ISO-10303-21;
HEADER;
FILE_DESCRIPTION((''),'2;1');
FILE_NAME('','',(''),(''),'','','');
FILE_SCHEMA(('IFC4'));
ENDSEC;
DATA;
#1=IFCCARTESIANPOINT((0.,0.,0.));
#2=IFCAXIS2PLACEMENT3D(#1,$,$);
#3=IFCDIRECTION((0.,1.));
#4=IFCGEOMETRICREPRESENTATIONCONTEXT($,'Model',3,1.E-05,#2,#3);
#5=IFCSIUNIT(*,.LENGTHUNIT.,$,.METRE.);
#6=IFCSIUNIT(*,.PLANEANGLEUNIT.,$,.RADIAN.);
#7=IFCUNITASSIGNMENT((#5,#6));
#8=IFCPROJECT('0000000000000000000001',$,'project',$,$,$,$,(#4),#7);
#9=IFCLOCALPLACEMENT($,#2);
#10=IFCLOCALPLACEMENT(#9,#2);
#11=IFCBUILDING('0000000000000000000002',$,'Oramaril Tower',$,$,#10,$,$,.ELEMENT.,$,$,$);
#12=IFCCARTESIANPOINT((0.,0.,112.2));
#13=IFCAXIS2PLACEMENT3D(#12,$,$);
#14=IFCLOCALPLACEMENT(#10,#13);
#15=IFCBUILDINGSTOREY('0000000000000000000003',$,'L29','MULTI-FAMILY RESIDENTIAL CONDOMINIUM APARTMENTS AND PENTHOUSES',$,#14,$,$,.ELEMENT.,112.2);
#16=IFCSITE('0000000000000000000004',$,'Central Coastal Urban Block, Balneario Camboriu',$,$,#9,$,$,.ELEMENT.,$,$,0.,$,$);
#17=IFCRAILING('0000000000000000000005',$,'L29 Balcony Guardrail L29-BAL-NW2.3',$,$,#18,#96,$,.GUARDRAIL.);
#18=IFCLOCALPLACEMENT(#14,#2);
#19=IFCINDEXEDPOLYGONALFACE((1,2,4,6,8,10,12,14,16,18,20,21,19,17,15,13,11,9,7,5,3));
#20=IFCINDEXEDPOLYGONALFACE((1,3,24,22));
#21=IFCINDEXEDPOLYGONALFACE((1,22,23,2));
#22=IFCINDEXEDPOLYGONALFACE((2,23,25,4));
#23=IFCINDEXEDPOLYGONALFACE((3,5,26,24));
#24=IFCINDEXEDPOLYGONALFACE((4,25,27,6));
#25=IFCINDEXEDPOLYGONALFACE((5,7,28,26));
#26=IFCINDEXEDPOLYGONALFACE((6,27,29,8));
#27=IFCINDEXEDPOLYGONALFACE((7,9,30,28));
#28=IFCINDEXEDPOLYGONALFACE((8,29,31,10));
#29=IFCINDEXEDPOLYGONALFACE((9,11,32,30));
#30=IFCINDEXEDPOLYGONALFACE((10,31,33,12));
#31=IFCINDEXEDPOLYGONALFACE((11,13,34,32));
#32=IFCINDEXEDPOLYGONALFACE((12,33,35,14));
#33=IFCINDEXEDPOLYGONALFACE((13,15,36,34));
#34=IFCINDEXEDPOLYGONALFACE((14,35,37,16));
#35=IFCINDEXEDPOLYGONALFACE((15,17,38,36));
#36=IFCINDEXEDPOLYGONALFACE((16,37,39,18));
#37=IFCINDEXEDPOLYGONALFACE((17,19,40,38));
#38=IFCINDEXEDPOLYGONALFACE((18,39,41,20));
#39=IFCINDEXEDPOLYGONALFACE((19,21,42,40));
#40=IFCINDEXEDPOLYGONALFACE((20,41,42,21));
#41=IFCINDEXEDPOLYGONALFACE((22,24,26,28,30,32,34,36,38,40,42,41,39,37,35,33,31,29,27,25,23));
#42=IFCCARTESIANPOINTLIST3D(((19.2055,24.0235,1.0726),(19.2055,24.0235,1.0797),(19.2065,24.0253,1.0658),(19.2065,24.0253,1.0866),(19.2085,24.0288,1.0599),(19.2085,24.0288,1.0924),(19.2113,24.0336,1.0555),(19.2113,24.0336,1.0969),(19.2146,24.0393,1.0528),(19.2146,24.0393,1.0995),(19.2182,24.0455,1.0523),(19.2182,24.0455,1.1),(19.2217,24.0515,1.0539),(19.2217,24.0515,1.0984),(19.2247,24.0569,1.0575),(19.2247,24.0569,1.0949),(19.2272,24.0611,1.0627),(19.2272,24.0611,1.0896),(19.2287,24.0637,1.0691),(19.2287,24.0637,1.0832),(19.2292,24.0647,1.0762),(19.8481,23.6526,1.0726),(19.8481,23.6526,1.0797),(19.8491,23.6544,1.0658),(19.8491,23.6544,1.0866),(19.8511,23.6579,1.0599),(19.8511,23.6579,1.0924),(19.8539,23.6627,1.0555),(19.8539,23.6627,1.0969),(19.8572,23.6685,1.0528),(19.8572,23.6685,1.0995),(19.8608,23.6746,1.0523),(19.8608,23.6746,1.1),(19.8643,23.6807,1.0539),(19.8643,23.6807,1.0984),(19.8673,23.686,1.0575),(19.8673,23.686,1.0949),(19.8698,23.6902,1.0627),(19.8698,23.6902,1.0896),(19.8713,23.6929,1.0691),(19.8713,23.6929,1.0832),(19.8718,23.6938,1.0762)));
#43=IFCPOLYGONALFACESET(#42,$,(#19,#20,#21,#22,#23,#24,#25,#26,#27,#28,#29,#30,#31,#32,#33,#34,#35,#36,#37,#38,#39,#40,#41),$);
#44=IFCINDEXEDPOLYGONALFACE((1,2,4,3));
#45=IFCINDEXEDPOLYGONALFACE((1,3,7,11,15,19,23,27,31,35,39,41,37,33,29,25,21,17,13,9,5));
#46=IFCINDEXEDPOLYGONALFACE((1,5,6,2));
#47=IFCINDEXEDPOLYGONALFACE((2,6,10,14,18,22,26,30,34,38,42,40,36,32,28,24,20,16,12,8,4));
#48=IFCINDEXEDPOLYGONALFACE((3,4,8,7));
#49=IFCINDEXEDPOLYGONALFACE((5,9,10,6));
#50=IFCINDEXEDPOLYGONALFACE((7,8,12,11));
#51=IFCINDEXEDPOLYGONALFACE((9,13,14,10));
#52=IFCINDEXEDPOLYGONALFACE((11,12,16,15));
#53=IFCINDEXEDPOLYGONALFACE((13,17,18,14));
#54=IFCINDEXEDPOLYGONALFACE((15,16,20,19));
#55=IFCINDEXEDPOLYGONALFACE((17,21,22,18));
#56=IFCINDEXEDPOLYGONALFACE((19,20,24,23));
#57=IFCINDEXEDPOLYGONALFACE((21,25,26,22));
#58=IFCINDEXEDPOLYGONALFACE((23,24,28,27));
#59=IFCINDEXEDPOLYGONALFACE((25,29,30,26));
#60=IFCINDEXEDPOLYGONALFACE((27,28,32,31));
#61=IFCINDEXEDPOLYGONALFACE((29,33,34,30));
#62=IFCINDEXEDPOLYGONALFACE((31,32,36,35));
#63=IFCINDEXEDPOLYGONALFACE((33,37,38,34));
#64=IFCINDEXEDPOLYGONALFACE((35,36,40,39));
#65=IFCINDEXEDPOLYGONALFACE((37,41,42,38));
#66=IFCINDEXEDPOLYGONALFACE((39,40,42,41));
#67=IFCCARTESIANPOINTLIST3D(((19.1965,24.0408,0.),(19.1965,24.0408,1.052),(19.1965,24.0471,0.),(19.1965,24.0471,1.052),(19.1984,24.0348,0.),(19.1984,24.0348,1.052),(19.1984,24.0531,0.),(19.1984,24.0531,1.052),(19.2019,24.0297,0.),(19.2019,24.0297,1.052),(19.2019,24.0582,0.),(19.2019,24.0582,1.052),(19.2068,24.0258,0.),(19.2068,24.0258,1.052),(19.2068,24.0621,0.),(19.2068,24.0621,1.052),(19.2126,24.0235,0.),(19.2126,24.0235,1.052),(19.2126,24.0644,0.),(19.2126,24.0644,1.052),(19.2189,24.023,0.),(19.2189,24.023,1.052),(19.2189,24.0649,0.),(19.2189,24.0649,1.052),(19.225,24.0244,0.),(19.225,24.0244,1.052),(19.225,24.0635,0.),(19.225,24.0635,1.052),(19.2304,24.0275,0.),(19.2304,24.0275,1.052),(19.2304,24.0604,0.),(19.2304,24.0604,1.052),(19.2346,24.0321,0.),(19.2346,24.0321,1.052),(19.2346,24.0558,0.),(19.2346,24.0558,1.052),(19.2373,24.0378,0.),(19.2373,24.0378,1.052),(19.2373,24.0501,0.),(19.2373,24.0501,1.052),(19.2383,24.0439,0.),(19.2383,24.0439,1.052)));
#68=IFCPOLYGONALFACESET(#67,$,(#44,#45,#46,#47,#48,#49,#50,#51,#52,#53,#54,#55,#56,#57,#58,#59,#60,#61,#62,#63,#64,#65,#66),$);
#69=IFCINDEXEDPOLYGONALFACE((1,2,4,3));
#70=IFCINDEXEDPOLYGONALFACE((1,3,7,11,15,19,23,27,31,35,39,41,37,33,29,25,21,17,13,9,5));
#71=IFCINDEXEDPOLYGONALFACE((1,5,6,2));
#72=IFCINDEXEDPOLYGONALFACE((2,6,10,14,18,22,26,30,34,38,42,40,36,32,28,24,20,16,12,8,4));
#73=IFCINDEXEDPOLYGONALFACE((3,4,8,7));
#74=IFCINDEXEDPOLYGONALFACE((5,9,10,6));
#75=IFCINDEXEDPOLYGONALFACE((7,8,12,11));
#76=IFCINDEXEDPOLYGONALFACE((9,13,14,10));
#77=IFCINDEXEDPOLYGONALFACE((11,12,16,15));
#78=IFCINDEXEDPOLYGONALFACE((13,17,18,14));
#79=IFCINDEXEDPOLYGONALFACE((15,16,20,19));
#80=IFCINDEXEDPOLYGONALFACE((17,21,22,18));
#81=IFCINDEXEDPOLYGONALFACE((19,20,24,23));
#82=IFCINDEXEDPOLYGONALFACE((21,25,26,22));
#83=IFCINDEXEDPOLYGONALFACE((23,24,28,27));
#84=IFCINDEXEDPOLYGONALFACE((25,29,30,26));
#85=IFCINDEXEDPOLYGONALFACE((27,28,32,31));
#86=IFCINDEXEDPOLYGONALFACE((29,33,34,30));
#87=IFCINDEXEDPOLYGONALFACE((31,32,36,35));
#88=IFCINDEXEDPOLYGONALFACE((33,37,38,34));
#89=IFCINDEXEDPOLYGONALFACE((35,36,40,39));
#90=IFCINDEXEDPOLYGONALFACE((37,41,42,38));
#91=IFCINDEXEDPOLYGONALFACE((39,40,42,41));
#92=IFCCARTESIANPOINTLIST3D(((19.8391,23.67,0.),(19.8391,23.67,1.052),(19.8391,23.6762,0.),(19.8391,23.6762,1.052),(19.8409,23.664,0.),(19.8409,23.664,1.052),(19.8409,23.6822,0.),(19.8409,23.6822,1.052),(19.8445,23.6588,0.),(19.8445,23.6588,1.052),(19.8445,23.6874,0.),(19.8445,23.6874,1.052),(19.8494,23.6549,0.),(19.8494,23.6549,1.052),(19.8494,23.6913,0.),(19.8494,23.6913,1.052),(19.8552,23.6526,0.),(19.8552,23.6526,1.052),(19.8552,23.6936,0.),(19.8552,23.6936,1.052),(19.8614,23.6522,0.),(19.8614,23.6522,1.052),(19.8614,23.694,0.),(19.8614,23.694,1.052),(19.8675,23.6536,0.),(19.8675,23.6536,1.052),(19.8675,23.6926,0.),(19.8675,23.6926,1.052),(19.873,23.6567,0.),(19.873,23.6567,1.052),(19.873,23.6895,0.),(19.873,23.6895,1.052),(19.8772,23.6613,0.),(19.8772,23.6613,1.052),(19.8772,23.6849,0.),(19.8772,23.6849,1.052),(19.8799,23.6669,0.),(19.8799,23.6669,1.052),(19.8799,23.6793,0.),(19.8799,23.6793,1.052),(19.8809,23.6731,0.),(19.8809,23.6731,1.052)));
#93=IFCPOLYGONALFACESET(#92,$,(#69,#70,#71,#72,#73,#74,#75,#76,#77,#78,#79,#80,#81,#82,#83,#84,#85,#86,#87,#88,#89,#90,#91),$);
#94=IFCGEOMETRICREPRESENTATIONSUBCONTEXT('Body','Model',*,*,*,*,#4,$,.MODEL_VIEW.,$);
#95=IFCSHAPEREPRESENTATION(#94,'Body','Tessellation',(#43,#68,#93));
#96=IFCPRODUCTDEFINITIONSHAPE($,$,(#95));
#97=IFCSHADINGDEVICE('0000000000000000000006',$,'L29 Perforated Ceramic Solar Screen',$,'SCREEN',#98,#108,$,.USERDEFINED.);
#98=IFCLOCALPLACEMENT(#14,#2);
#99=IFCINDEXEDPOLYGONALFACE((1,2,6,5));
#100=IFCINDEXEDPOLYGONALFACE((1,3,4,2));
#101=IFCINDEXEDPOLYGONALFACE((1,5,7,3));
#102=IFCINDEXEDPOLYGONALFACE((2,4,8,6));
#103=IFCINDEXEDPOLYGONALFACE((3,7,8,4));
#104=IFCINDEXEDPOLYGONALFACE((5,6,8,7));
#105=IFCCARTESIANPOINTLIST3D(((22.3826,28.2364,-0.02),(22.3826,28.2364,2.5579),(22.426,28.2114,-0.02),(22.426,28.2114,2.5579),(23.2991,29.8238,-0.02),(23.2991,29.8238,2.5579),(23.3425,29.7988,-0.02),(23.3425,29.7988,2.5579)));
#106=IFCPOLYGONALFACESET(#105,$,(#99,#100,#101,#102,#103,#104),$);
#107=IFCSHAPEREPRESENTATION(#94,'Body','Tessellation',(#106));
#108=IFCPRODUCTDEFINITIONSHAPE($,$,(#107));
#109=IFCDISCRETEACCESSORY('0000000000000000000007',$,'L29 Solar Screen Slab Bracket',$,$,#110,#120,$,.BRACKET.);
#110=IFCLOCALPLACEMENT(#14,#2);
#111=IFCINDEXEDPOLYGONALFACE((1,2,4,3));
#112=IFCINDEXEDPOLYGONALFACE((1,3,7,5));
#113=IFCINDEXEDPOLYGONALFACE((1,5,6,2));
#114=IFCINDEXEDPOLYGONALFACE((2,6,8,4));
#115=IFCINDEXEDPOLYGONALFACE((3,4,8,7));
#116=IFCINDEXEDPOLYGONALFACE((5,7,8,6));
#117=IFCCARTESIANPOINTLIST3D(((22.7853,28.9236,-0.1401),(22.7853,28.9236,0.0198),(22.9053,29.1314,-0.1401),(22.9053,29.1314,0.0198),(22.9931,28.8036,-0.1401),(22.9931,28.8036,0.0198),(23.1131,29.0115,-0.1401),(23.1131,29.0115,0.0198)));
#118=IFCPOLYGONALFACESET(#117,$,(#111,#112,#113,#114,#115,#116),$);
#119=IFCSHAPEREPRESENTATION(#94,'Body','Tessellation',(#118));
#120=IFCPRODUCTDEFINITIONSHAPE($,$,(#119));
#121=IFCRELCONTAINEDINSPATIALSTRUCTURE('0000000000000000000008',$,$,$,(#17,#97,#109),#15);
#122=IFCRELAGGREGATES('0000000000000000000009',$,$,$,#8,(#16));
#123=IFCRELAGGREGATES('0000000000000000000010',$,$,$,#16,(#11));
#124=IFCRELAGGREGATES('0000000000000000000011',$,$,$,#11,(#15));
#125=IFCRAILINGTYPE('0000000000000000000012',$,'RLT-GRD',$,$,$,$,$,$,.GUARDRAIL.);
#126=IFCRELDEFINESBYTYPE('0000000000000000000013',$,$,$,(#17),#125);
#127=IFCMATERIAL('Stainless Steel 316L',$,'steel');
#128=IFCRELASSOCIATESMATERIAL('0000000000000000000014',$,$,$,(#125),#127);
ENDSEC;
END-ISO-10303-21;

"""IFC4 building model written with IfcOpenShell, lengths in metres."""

from ifc_helpers import new_model, si_unit, direction, frame, origin, origin_2d, place, context, subcontext, project, spatial, rectangle, circle, extrude, material, type_object, element, save


model = new_model("IFC4")

# Units and contexts
model_context = context("Model", 3, precision=1e-05, world=origin(), true_north=direction((0.0, 1.0)))
body_context = subcontext(model_context, "Body", "Model", "MODEL_VIEW")
ifc_project = project(units=[si_unit("LENGTHUNIT", "METRE"), si_unit("PLANEANGLEUNIT", "RADIAN")], contexts=[model_context])

# Site, building, storey
site_placement = place(None, origin())
site = spatial("IfcSite", under=ifc_project, at=site_placement, Name="Central Coastal Urban Block, Balneario Camboriu", CompositionType="ELEMENT", RefElevation=0.0)
building_placement = place(site_placement, origin())
building = spatial("IfcBuilding", under=site, at=building_placement, Name="Oramaril Tower", CompositionType="ELEMENT")
storey_placement = place(building_placement, frame((0.0, 0.0, 112.2)))
storey = spatial("IfcBuildingStorey", under=building, at=storey_placement, Name="L29", Description="MULTI-FAMILY RESIDENTIAL CONDOMINIUM APARTMENTS AND PENTHOUSES", CompositionType="ELEMENT", Elevation=112.2)

# Railing
ifc_material_1 = material(Name="Stainless Steel 316L", Category="steel")
railing_type = type_object("IfcRailingType", Name="RLT-GRD", PredefinedType="GUARDRAIL", material=ifc_material_1)
railing_placement = place(storey_placement, frame((19.2173, 24.0439, 0.0)))
element("IfcRailing", 1, at=railing_placement, inside=storey, type_object=railing_type, Name="L29 Balcony Guardrail L29-BAL-NW2.3", PredefinedType="GUARDRAIL", context=body_context, shape_type="SweptSolid", body=[
    extrude(circle(Radius=0.0239, at=origin_2d()), frame((0.0, 0.0, 1.0762), z_axis=(0.866109, -0.499855, 0.0), x_axis=(0.499855, 0.866109, 0.0)), (0.0, 0.0, 1.0), 0.7419),
    extrude(circle(Radius=0.021, at=origin_2d()), origin(), (0.0, 0.0, 1.0), 1.052),
    extrude(circle(Radius=0.021, at=origin_2d()), frame((0.6426, -0.3708, 0.0)), (0.0, 0.0, 1.0), 1.052),
])

# Shading device
shading_device_placement = place(storey_placement, frame((22.8625, 29.0176, -0.02), z_axis=(0.0, 0.0, 1.0), x_axis=(-0.5, -0.866025, 0.0)))
element("IfcShadingDevice", 2, at=shading_device_placement, inside=storey, Name="L29 Perforated Ceramic Solar Screen", ObjectType="SCREEN", PredefinedType="USERDEFINED", context=body_context, shape_type="SweptSolid", body=[
    extrude(rectangle(XDim=1.833, YDim=0.05, at=origin_2d()), origin(), (0.0, 0.0, 1.0), 2.5779),
])

# Discrete accessory
discrete_accessory_placement = place(storey_placement, frame((22.9492, 28.9675, -0.1401), z_axis=(0.0, 0.0, 1.0), x_axis=(-0.5, -0.866025, 0.0)))
element("IfcDiscreteAccessory", 3, at=discrete_accessory_placement, inside=storey, Name="L29 Solar Screen Slab Bracket", PredefinedType="BRACKET", context=body_context, shape_type="SweptSolid", body=[
    extrude(rectangle(XDim=0.24, YDim=0.24, at=origin_2d()), origin(), (0.0, 0.0, 1.0), 0.1599),
])

save(model, "model.ifc")
